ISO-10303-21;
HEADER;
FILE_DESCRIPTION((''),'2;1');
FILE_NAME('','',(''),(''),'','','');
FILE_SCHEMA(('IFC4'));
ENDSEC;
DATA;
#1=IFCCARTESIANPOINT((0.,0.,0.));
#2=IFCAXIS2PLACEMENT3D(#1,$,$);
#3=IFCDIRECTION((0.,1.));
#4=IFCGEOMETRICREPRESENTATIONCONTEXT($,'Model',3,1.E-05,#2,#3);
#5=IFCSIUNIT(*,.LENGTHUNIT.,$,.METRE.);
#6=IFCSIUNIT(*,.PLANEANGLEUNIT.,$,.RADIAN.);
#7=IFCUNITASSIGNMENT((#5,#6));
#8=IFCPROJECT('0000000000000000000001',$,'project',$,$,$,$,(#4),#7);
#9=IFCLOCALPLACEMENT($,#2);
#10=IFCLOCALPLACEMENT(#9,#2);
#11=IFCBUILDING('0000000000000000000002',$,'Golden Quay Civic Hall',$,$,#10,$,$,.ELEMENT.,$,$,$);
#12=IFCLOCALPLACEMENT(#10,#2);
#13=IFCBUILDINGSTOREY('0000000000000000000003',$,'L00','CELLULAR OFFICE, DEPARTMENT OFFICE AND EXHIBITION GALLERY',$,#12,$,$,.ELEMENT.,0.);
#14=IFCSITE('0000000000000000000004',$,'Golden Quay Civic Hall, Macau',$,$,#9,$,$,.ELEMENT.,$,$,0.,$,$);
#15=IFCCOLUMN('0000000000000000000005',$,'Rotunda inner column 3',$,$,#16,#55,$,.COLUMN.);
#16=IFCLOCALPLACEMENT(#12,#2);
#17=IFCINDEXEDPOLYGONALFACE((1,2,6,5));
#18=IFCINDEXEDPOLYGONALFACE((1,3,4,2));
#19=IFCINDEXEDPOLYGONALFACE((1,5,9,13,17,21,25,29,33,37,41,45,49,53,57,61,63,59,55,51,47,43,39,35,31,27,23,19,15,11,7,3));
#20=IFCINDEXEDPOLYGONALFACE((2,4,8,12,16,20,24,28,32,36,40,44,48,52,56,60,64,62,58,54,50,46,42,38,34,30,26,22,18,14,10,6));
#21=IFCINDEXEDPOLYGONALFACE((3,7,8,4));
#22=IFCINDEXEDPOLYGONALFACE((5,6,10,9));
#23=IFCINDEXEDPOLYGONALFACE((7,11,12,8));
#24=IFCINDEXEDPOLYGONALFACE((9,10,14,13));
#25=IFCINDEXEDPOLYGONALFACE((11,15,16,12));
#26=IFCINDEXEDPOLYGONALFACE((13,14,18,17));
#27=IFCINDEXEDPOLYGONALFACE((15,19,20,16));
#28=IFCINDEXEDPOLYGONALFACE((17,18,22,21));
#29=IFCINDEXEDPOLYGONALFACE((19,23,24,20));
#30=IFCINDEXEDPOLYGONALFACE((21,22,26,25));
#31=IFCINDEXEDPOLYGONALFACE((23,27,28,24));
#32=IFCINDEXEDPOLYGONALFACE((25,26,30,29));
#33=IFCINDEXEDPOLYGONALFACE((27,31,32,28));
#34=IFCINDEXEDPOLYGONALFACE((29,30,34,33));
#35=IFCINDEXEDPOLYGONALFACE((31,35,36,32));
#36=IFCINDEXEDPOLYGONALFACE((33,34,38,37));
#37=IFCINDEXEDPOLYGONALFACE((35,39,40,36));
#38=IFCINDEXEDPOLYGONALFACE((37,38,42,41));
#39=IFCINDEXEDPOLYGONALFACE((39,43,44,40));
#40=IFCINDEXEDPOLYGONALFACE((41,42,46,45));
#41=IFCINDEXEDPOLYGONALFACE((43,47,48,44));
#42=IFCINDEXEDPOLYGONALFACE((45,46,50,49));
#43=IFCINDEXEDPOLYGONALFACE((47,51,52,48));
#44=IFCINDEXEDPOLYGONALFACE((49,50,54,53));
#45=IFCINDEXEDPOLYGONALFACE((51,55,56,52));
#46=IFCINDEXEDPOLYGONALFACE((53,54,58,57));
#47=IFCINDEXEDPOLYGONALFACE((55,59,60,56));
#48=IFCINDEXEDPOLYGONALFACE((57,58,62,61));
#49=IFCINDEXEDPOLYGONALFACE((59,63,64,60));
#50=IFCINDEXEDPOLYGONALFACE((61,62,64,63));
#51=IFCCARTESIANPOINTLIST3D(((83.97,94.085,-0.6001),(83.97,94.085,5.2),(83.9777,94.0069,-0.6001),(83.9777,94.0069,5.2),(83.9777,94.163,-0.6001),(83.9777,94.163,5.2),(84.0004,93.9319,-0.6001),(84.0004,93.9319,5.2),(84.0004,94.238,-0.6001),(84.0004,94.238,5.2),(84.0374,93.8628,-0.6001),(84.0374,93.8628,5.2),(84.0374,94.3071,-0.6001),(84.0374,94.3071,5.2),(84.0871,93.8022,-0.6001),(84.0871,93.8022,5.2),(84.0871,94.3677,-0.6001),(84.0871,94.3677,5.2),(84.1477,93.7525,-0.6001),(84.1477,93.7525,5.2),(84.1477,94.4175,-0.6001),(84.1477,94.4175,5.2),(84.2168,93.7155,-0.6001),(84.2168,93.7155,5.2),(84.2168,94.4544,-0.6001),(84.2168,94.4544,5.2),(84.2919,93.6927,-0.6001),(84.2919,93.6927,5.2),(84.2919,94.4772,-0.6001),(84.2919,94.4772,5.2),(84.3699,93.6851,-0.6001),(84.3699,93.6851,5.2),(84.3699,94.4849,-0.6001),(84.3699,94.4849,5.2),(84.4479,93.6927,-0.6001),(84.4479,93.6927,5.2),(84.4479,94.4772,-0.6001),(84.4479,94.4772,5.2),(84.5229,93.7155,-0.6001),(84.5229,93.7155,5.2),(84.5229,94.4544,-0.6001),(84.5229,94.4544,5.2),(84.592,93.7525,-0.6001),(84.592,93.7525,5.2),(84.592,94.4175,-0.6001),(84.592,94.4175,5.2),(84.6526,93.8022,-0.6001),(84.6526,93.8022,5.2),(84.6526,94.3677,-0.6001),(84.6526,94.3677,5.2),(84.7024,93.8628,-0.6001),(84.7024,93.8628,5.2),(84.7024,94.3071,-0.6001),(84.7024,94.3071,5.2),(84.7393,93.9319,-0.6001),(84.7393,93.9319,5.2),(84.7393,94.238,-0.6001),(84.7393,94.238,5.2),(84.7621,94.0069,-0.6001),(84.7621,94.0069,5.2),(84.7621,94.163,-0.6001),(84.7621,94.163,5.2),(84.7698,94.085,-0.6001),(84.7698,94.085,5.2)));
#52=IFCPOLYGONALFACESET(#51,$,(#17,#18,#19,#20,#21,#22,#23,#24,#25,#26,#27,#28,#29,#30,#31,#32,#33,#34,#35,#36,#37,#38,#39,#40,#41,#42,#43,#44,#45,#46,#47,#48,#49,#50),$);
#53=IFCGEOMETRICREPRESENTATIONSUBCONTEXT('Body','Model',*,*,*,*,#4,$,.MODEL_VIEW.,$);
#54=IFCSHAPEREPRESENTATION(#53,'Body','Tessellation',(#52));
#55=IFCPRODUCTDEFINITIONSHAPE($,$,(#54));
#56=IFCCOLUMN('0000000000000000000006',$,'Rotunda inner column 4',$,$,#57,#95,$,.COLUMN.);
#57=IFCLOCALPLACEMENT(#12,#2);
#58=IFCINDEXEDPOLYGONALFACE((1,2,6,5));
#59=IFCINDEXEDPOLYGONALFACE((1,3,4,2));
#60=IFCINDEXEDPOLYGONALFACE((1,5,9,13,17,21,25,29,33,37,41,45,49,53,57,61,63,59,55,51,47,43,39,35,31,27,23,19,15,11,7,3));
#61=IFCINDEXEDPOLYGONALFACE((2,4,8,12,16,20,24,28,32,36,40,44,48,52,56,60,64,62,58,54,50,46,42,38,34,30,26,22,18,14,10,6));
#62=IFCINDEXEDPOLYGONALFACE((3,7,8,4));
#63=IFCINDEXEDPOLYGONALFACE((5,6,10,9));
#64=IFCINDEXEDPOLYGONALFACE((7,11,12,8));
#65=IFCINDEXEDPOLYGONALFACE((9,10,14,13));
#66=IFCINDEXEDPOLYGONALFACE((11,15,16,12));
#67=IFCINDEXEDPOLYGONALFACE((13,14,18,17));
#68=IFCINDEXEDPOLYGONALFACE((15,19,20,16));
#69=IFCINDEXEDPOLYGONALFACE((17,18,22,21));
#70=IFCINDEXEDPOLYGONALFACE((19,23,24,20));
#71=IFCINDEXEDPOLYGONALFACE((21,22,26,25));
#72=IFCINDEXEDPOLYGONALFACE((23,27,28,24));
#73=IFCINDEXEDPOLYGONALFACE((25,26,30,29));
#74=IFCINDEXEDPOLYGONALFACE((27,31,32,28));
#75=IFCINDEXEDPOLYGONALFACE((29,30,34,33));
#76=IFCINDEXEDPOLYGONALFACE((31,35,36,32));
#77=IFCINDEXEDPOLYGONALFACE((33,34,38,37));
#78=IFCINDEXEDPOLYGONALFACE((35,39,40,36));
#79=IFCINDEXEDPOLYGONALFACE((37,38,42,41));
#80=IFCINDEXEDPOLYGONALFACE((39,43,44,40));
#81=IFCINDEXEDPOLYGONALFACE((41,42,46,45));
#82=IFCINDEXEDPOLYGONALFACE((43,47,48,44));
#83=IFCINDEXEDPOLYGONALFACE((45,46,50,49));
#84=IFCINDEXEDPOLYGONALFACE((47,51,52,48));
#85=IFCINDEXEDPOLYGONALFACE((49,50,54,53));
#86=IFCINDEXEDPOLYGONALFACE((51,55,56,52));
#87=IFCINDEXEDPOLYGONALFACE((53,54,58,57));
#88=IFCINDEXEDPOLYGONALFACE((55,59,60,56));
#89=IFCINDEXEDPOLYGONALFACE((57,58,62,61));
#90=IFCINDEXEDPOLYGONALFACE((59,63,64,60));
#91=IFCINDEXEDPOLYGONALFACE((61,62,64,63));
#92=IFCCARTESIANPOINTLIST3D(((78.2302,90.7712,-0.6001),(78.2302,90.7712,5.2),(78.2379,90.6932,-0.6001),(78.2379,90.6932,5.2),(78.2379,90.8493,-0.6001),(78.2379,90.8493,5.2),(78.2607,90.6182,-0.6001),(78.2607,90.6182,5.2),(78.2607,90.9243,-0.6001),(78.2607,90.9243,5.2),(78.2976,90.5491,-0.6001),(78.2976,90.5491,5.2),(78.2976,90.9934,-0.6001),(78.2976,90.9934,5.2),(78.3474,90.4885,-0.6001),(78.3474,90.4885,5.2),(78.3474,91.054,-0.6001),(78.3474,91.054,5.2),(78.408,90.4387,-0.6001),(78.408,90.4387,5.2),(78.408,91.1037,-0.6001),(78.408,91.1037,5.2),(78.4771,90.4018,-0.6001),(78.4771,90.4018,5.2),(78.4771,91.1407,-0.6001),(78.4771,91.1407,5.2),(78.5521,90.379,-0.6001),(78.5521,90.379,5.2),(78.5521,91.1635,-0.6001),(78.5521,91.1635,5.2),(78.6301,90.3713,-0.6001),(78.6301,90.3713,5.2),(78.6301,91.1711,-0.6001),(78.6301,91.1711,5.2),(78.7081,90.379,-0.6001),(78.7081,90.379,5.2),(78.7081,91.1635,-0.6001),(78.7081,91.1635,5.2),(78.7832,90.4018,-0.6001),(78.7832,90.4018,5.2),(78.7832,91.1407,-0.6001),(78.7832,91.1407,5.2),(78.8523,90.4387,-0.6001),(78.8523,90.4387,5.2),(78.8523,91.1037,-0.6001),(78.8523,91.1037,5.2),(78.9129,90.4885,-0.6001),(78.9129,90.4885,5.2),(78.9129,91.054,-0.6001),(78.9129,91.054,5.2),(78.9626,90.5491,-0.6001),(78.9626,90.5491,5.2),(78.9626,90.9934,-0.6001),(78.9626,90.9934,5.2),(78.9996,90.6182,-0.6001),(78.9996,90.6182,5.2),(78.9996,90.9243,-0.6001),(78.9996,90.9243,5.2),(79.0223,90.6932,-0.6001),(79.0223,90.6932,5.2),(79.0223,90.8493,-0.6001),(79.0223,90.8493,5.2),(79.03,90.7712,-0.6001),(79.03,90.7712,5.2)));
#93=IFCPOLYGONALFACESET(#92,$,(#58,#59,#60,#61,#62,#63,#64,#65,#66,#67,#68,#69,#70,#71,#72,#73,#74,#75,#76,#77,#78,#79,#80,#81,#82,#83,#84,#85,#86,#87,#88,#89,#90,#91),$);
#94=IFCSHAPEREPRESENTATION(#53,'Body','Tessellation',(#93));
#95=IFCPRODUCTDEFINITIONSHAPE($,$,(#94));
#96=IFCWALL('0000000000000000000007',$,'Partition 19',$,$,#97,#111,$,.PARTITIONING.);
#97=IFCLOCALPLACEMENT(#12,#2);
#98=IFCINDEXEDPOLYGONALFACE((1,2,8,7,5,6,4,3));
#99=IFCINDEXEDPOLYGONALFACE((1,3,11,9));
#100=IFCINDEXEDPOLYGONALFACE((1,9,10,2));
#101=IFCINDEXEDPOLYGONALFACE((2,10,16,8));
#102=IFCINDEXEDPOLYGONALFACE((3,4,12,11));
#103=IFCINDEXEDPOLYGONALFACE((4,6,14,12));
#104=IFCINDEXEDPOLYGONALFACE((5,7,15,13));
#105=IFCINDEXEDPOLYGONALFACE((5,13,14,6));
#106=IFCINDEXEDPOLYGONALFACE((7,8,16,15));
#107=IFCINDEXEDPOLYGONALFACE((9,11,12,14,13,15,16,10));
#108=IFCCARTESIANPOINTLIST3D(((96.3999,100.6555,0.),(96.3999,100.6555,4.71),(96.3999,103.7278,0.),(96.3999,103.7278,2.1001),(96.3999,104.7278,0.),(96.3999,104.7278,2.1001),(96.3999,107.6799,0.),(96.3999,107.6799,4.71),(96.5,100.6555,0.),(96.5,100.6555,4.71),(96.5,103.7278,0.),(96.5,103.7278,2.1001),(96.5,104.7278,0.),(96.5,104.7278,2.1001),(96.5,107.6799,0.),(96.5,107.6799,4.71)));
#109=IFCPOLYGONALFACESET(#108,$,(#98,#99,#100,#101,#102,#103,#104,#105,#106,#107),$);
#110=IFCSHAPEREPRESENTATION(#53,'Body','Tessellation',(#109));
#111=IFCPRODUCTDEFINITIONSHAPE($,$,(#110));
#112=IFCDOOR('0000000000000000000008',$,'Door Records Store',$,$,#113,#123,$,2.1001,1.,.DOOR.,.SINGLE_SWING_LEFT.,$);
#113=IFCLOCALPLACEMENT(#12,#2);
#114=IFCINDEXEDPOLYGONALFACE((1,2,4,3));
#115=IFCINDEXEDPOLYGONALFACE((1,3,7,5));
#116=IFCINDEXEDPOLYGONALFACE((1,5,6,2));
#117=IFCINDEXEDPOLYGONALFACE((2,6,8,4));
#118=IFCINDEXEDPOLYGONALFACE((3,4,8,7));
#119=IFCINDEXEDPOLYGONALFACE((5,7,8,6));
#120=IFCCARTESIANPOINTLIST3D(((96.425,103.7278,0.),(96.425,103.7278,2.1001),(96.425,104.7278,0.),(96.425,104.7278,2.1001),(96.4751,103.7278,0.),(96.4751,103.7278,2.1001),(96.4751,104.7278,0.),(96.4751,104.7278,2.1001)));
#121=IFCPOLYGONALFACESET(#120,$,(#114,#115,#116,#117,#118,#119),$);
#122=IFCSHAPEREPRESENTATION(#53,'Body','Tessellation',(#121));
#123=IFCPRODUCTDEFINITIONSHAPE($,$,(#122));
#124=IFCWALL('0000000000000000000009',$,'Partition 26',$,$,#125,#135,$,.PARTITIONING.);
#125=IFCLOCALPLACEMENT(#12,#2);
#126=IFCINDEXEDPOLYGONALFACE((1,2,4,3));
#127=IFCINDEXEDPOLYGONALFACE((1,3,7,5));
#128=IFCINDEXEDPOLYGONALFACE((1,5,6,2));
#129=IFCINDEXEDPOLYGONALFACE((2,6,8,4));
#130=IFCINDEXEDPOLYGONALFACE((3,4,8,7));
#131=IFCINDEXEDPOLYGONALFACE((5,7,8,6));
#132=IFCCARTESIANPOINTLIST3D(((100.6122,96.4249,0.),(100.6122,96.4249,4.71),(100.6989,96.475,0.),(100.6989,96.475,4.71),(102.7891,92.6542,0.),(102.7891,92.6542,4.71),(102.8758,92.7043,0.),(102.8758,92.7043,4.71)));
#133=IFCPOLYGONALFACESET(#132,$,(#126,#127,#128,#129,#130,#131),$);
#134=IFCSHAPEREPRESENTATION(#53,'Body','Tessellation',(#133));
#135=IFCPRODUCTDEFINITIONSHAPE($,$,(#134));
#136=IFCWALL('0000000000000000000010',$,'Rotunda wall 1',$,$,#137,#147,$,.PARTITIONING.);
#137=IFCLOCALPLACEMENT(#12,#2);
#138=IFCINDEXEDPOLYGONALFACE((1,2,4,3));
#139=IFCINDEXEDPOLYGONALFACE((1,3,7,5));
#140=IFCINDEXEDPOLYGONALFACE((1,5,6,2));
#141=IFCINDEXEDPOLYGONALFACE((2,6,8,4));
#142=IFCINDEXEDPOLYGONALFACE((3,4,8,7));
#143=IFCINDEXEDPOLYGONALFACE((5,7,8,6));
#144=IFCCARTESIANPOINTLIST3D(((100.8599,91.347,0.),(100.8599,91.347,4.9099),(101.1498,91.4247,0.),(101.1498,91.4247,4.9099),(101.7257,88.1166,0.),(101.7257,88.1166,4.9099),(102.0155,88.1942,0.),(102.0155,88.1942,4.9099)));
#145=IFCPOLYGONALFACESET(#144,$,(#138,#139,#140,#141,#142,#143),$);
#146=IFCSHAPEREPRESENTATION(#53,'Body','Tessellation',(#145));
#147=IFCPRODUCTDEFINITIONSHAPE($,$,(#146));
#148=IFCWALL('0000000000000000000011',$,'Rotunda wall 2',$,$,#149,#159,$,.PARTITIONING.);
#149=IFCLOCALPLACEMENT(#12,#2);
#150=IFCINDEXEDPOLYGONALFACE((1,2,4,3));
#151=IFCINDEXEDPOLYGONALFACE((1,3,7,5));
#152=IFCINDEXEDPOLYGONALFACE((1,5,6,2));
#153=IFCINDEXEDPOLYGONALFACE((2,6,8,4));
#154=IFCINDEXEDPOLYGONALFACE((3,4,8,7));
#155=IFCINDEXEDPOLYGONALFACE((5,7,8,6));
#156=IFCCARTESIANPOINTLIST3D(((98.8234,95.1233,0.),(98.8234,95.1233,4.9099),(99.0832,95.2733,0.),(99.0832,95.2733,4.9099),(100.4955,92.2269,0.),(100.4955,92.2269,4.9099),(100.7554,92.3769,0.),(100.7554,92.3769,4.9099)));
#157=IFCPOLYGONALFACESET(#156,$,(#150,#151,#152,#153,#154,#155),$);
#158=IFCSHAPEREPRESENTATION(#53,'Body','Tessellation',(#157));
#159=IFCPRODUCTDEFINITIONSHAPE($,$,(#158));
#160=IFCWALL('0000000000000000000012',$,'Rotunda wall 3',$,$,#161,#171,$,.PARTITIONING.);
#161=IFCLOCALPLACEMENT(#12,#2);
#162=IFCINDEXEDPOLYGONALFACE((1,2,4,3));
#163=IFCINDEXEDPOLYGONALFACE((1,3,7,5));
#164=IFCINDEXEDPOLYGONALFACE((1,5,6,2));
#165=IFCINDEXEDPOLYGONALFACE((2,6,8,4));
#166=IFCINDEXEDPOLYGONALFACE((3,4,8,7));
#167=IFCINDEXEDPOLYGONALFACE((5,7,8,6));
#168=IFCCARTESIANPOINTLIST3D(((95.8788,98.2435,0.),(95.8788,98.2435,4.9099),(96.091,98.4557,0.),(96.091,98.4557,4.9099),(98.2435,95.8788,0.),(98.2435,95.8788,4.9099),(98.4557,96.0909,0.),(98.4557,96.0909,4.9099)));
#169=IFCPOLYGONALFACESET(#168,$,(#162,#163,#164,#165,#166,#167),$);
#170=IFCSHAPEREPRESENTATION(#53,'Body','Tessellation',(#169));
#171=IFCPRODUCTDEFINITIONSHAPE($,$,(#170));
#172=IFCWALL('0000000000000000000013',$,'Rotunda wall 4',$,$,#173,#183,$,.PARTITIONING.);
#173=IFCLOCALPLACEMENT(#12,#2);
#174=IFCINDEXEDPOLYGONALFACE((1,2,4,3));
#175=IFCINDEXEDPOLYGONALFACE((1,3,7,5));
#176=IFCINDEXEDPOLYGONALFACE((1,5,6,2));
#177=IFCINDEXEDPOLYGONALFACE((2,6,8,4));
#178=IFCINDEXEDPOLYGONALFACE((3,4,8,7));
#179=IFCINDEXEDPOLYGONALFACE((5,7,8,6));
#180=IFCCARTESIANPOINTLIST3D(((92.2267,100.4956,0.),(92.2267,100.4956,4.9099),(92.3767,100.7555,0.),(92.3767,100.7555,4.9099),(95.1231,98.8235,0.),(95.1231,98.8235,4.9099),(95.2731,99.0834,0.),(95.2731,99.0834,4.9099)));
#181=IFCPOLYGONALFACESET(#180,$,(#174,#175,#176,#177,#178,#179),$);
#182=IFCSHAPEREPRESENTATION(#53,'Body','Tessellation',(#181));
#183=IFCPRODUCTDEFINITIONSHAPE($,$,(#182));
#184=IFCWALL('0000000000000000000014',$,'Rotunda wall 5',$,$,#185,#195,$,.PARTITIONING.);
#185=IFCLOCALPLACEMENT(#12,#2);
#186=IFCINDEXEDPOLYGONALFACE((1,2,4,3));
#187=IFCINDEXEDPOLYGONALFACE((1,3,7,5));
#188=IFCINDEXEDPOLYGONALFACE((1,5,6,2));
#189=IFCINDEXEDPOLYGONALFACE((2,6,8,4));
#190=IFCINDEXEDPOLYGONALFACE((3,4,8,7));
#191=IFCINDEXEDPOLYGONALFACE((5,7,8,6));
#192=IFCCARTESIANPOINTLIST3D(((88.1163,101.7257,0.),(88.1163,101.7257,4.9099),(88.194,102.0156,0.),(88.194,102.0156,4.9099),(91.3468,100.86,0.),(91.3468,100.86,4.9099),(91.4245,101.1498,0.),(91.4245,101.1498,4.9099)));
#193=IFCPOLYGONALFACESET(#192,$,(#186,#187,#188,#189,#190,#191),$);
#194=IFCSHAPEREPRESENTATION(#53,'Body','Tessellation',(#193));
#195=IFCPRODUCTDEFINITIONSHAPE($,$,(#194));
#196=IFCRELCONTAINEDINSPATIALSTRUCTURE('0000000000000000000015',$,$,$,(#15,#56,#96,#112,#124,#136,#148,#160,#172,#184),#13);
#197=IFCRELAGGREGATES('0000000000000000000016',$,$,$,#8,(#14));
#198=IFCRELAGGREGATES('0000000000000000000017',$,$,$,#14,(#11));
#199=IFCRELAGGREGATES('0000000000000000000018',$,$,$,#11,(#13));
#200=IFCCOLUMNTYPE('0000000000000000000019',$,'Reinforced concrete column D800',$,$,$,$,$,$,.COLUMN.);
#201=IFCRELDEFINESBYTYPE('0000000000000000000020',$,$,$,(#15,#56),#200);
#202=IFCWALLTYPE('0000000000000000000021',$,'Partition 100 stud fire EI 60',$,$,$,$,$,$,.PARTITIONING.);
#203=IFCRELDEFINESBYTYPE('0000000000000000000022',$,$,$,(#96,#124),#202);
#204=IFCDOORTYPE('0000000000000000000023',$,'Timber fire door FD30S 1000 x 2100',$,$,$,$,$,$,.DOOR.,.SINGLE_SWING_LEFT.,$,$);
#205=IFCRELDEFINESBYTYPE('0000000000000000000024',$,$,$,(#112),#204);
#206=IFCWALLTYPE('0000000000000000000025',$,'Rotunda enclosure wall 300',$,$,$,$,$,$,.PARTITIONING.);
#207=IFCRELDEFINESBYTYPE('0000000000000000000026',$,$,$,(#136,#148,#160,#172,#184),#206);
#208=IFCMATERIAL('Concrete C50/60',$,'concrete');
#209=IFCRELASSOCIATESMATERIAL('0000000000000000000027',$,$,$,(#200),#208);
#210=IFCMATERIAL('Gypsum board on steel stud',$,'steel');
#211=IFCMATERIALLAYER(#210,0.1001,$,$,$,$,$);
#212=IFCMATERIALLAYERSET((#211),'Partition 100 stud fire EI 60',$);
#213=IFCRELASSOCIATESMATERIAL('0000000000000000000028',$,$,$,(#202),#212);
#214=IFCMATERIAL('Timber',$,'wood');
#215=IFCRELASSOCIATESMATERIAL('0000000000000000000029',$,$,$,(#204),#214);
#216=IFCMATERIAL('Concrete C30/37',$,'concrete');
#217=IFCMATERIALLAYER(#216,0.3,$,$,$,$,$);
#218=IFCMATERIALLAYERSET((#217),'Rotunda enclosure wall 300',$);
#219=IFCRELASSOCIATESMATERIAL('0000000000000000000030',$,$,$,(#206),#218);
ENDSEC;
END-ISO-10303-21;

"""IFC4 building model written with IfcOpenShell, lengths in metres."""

from ifc_helpers import new_model, si_unit, direction, frame, frame_2d, origin, origin_2d, place, context, subcontext, project, spatial, rectangle, circle, extrude, material, layer, layer_set, material_profile, profile_set, type_object, element, fill, save


model = new_model("IFC4")

# Units and contexts
model_context = context("Model", 3, precision=1e-05, world=origin(), true_north=direction((0.0, 1.0)))
body_context = subcontext(model_context, "Body", "Model", "MODEL_VIEW")
ifc_project = project(units=[si_unit("LENGTHUNIT", "METRE"), si_unit("PLANEANGLEUNIT", "RADIAN")], contexts=[model_context])

# Site, building, storey
site_placement = place(None, origin())
site = spatial("IfcSite", under=ifc_project, at=site_placement, Name="Golden Quay Civic Hall, Macau", CompositionType="ELEMENT", RefElevation=0.0)
building_placement = place(site_placement, origin())
building = spatial("IfcBuilding", under=site, at=building_placement, Name="Golden Quay Civic Hall", CompositionType="ELEMENT")
storey_placement = place(building_placement, origin())
storey = spatial("IfcBuildingStorey", under=building, at=storey_placement, Name="L00", Description="CELLULAR OFFICE, DEPARTMENT OFFICE AND EXHIBITION GALLERY", CompositionType="ELEMENT", Elevation=0.0)

# Columns
ifc_material_1 = material(Name="Concrete C50/60", Category="concrete")
ifc_material_profile_1 = material_profile(ifc_material_1, circle(Radius=0.3999, at=origin_2d()), Name="RC D800")
ifc_profile_set_1 = profile_set([ifc_material_profile_1], Name="Concrete C50/60")
column_type_1 = type_object("IfcColumnType", Name="Reinforced concrete column D800", PredefinedType="COLUMN", material=ifc_profile_set_1)
for number, where, z_axis, x_axis, name in (
    (1, (84.3699, 94.085, -0.6001), (0.0, 0.0, 1.0), (1.0, 0.0, 0.0), "Rotunda inner column 3"),
    (2, (78.6301, 90.7712, -0.6001), (0.0, 0.0, 1.0), (1.0, 0.0, 0.0), "Rotunda inner column 4"),
):
    element("IfcColumn", number, at=place(storey_placement, frame(where, z_axis=z_axis, x_axis=x_axis)), inside=storey, type_object=column_type_1, Name=name, PredefinedType="COLUMN", context=body_context, shape_type="SweptSolid", body=[
        extrude(circle(Radius=0.3999, at=origin_2d()), origin(), (0.0, 0.0, 1.0), 5.8),
    ])

# Wall, opening, door
ifc_material_2 = material(Name="Gypsum board on steel stud", Category="steel")
ifc_layer_1 = layer(ifc_material_2, 0.1001)
ifc_layer_set_1 = layer_set([ifc_layer_1], Name="Partition 100 stud fire EI 60")
wall_type_1 = type_object("IfcWallType", Name="Partition 100 stud fire EI 60", PredefinedType="PARTITIONING", material=ifc_layer_set_1)
wall_1_placement = place(storey_placement, frame((96.45, 100.6555, 0.0), z_axis=(0.0, 0.0, 1.0), x_axis=(0.0, 1.0, 0.0)))
wall_1 = element("IfcWall", 3, at=wall_1_placement, inside=storey, type_object=wall_type_1, Name="Partition 19", PredefinedType="PARTITIONING", context=body_context, shape_type="SweptSolid", body=[
    extrude(rectangle(XDim=7.0244, YDim=0.1001, at=frame_2d((3.5122, 0.0))), origin(), (0.0, 0.0, 1.0), 4.71),
])
opening_placement = place(wall_1_placement, frame((3.0723, 0.0, 0.0)))
opening = element("IfcOpeningElement", 4, at=opening_placement, cuts=wall_1, PredefinedType="OPENING", context=body_context, shape_type="SweptSolid", body=[
    extrude(rectangle(XDim=1.0, YDim=2.1001, at=frame_2d((0.5, 1.05))), frame((0.0, 0.0601, 0.0), z_axis=(0.0, -1.0, 0.0), x_axis=(1.0, 0.0, 0.0)), (0.0, 0.0, 1.0), 0.1201),
])
ifc_material_3 = material(Name="Timber", Category="wood")
door_type = type_object("IfcDoorType", Name="Timber fire door FD30S 1000 x 2100", OperationType="SINGLE_SWING_LEFT", PredefinedType="DOOR", material=ifc_material_3)
door_placement = place(opening_placement, origin())
door = element("IfcDoor", 5, at=door_placement, inside=storey, type_object=door_type, Name="Door Records Store", OperationType="SINGLE_SWING_LEFT", OverallHeight=2.1001, OverallWidth=1.0, PredefinedType="DOOR", context=body_context, shape_type="SweptSolid", body=[
    extrude(rectangle(XDim=1.0, YDim=2.1001, at=frame_2d((0.5, 1.05))), frame((0.0, 0.0249, 0.0), z_axis=(0.0, -1.0, 0.0), x_axis=(1.0, 0.0, 0.0)), (0.0, 0.0, 1.0), 0.05),
])
fill(opening, door)

# Walls
wall_2_placement = place(storey_placement, frame((100.6555, 96.45, 0.0), z_axis=(0.0, 0.0, 1.0), x_axis=(0.499993, -0.86603, 0.0)))
element("IfcWall", 6, at=wall_2_placement, inside=storey, type_object=wall_type_1, Name="Partition 26", PredefinedType="PARTITIONING", context=body_context, shape_type="SweptSolid", body=[
    extrude(rectangle(XDim=4.354, YDim=0.1001, at=frame_2d((2.177, 0.0))), origin(), (0.0, 0.0, 1.0), 4.71),
])
ifc_material_4 = material(Name="Concrete C30/37", Category="concrete")
ifc_layer_2 = layer(ifc_material_4, 0.3)
ifc_layer_set_2 = layer_set([ifc_layer_2], Name="Rotunda enclosure wall 300")
wall_type_2 = type_object("IfcWallType", Name="Rotunda enclosure wall 300", PredefinedType="PARTITIONING", material=ifc_layer_set_2)
for number, where, z_axis, x_axis, name in (
    (7, (101.8706, 88.1553, 0.0), (0.0, 0.0, 1.0), (-0.258853, 0.965917, 0.0), "Rotunda wall 1"),
    (8, (100.6255, 92.3018, 0.0), (0.0, 0.0, 1.0), (-0.499963, 0.866047, 0.0), "Rotunda wall 2"),
):
    element("IfcWall", number, at=place(storey_placement, frame(where, z_axis=z_axis, x_axis=x_axis)), inside=storey, type_object=wall_type_2, Name=name, PredefinedType="PARTITIONING", context=body_context, shape_type="SweptSolid", body=[
        extrude(rectangle(XDim=3.3445, YDim=0.3, at=frame_2d((1.6724, 0.0))), origin(), (0.0, 0.0, 1.0), 4.9099),
    ])
wall_3_placement = place(storey_placement, frame((98.3496, 95.9849, 0.0), z_axis=(0.0, 0.0, 1.0), x_axis=(-0.707107, 0.707107, 0.0)))
element("IfcWall", 9, at=wall_3_placement, inside=storey, type_object=wall_type_2, Name="Rotunda wall 3", PredefinedType="PARTITIONING", context=body_context, shape_type="SweptSolid", body=[
    extrude(rectangle(XDim=3.3442, YDim=0.3, at=frame_2d((1.6721, 0.0))), origin(), (0.0, 0.0, 1.0), 4.9099),
])
for number, where, z_axis, x_axis, name in (
    (10, (95.1982, 98.9534, 0.0), (0.0, 0.0, 1.0), (-0.866047, 0.499963, 0.0), "Rotunda wall 4"),
    (11, (91.3857, 101.0049, 0.0), (0.0, 0.0, 1.0), (-0.965917, 0.258853, 0.0), "Rotunda wall 5"),
):
    element("IfcWall", number, at=place(storey_placement, frame(where, z_axis=z_axis, x_axis=x_axis)), inside=storey, type_object=wall_type_2, Name=name, PredefinedType="PARTITIONING", context=body_context, shape_type="SweptSolid", body=[
        extrude(rectangle(XDim=3.3445, YDim=0.3, at=frame_2d((1.6724, 0.0))), origin(), (0.0, 0.0, 1.0), 4.9099),
    ])

save(model, "model.ifc")
